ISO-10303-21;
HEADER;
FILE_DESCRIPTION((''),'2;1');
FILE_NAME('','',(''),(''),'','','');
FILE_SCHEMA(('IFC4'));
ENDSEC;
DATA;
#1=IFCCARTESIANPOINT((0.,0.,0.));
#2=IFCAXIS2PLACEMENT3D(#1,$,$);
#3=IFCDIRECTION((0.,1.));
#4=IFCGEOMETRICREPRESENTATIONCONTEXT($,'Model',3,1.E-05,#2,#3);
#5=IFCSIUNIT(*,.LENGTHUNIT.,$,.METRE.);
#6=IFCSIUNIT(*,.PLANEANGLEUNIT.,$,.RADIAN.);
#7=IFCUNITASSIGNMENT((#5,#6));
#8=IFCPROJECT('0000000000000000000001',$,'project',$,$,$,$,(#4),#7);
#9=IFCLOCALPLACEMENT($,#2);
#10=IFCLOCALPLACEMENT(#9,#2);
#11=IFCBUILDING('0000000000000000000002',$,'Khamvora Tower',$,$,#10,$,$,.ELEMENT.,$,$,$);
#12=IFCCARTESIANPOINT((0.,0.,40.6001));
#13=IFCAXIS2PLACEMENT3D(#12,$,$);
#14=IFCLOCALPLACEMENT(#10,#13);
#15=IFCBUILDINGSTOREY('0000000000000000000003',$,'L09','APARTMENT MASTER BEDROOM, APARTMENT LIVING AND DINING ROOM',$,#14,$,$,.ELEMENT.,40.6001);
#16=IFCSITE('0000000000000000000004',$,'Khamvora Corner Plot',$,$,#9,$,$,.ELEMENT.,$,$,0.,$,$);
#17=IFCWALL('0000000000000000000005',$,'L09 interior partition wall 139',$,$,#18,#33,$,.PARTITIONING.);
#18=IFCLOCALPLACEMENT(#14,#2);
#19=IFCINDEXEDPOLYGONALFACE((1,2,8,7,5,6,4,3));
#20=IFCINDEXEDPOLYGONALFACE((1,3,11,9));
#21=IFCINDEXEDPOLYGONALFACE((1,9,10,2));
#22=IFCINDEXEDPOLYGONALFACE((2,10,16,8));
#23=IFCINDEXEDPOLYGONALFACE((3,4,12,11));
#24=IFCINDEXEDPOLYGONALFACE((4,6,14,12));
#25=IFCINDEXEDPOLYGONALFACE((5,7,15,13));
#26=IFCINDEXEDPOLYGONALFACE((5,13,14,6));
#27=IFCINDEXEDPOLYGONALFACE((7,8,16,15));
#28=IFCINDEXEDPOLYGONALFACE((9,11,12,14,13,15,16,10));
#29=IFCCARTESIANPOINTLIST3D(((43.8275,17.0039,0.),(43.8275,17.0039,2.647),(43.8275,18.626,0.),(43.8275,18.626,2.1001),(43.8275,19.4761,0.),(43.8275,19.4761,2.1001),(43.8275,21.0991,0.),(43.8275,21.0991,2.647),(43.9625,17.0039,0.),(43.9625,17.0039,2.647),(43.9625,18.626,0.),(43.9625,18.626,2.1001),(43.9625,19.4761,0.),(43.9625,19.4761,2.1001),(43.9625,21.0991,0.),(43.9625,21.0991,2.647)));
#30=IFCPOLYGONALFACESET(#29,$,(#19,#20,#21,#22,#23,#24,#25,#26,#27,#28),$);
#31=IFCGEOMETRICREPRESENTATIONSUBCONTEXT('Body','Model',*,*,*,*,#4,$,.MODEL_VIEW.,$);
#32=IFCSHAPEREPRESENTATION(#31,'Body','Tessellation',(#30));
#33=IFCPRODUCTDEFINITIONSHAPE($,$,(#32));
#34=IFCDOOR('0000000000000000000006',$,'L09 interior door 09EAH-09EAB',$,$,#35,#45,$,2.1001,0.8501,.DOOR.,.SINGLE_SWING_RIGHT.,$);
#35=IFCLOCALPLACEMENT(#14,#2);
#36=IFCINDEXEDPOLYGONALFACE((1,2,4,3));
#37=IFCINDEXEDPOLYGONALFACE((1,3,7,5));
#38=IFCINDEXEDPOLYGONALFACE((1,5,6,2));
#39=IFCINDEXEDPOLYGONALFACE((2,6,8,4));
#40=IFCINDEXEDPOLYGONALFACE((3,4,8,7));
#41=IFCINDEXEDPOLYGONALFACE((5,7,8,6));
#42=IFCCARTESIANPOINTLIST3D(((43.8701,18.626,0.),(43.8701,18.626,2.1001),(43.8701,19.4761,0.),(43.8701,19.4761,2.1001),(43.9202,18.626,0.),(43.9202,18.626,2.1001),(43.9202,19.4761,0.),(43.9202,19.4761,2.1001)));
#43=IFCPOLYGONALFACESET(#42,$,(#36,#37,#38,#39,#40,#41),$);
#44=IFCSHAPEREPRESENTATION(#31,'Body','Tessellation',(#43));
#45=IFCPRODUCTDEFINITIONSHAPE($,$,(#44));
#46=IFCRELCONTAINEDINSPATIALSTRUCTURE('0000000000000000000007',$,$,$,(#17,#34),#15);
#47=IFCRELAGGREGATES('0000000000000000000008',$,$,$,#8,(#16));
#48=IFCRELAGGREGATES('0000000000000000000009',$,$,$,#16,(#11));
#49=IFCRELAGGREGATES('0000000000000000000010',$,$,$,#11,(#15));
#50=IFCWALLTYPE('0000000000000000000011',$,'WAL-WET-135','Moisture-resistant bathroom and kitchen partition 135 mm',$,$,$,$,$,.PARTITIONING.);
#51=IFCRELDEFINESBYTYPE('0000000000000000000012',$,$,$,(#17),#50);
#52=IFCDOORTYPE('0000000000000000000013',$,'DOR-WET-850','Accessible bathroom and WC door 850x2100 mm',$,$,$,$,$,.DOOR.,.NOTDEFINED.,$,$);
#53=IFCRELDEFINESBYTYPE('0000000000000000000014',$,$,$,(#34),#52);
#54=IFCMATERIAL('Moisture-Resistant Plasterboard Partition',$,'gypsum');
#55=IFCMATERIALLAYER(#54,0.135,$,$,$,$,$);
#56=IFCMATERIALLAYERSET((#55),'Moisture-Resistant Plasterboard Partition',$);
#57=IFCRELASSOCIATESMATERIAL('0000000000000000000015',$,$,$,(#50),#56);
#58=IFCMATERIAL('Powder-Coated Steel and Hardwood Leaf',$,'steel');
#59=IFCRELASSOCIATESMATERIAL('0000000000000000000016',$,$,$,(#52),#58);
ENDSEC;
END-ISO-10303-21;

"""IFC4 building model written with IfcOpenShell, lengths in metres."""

from ifc_helpers import new_model, si_unit, direction, frame, frame_2d, origin, place, context, subcontext, project, spatial, rectangle, extrude, material, layer, layer_set, type_object, element, fill, save


model = new_model("IFC4")

# Units and contexts
model_context = context("Model", 3, precision=1e-05, world=origin(), true_north=direction((0.0, 1.0)))
body_context = subcontext(model_context, "Body", "Model", "MODEL_VIEW")
ifc_project = project(units=[si_unit("LENGTHUNIT", "METRE"), si_unit("PLANEANGLEUNIT", "RADIAN")], contexts=[model_context])

# Site, building, storey
site_placement = place(None, origin())
site = spatial("IfcSite", under=ifc_project, at=site_placement, Name="Khamvora Corner Plot", CompositionType="ELEMENT", RefElevation=0.0)
building_placement = place(site_placement, origin())
building = spatial("IfcBuilding", under=site, at=building_placement, Name="Khamvora Tower", CompositionType="ELEMENT")
storey_placement = place(building_placement, frame((0.0, 0.0, 40.6001)))
storey = spatial("IfcBuildingStorey", under=building, at=storey_placement, Name="L09", Description="APARTMENT MASTER BEDROOM, APARTMENT LIVING AND DINING ROOM", CompositionType="ELEMENT", Elevation=40.6001)

# Shared definitions
ifc_material_1 = material(Name="Powder-Coated Steel and Hardwood Leaf", Category="steel")

# Wall, opening, door
ifc_material_2 = material(Name="Moisture-Resistant Plasterboard Partition", Category="gypsum")
ifc_layer_1 = layer(ifc_material_2, 0.135)
ifc_layer_set_1 = layer_set([ifc_layer_1], Name="Moisture-Resistant Plasterboard Partition")
wall_type_1 = type_object("IfcWallType", Name="WAL-WET-135", Description="Moisture-resistant bathroom and kitchen partition 135 mm", PredefinedType="PARTITIONING", material=ifc_layer_set_1)
wall_1_placement = place(storey_placement, frame((43.895, 17.0039, 0.0), z_axis=(0.0, 0.0, 1.0), x_axis=(0.0, 1.0, 0.0)))
wall_1 = element("IfcWall", 1, at=wall_1_placement, inside=storey, type_object=wall_type_1, Name="L09 interior partition wall 139", PredefinedType="PARTITIONING", context=body_context, shape_type="SweptSolid", body=[
    extrude(rectangle(XDim=4.0952, YDim=0.135, at=frame_2d((2.0476, 0.0))), origin(), (0.0, 0.0, 1.0), 2.647),
])
opening_1_placement = place(wall_1_placement, frame((1.6221, 0.0, 0.0)))
opening_1 = element("IfcOpeningElement", 2, at=opening_1_placement, cuts=wall_1, PredefinedType="OPENING", context=body_context, shape_type="SweptSolid", body=[
    extrude(rectangle(XDim=0.8501, YDim=2.1001, at=frame_2d((0.425, 1.05))), frame((0.0, 0.0774, 0.0), z_axis=(0.0, -1.0, 0.0), x_axis=(1.0, 0.0, 0.0)), (0.0, 0.0, 1.0), 0.155),
])
door_type_1 = type_object("IfcDoorType", Name="DOR-WET-850", Description="Accessible bathroom and WC door 850x2100 mm", OperationType="NOTDEFINED", PredefinedType="DOOR", material=ifc_material_1)
door_1_placement = place(opening_1_placement, origin())
door_1 = element("IfcDoor", 3, at=door_1_placement, inside=storey, type_object=door_type_1, Name="L09 interior door 09EAH-09EAB", OperationType="SINGLE_SWING_RIGHT", OverallHeight=2.1001, OverallWidth=0.8501, PredefinedType="DOOR", context=body_context, shape_type="SweptSolid", body=[
    extrude(rectangle(XDim=0.8501, YDim=2.1001, at=frame_2d((0.425, 1.05))), frame((0.0, 0.0249, 0.0), z_axis=(0.0, -1.0, 0.0), x_axis=(1.0, 0.0, 0.0)), (0.0, 0.0, 1.0), 0.05),
])
fill(opening_1, door_1)

save(model, "model.ifc")
